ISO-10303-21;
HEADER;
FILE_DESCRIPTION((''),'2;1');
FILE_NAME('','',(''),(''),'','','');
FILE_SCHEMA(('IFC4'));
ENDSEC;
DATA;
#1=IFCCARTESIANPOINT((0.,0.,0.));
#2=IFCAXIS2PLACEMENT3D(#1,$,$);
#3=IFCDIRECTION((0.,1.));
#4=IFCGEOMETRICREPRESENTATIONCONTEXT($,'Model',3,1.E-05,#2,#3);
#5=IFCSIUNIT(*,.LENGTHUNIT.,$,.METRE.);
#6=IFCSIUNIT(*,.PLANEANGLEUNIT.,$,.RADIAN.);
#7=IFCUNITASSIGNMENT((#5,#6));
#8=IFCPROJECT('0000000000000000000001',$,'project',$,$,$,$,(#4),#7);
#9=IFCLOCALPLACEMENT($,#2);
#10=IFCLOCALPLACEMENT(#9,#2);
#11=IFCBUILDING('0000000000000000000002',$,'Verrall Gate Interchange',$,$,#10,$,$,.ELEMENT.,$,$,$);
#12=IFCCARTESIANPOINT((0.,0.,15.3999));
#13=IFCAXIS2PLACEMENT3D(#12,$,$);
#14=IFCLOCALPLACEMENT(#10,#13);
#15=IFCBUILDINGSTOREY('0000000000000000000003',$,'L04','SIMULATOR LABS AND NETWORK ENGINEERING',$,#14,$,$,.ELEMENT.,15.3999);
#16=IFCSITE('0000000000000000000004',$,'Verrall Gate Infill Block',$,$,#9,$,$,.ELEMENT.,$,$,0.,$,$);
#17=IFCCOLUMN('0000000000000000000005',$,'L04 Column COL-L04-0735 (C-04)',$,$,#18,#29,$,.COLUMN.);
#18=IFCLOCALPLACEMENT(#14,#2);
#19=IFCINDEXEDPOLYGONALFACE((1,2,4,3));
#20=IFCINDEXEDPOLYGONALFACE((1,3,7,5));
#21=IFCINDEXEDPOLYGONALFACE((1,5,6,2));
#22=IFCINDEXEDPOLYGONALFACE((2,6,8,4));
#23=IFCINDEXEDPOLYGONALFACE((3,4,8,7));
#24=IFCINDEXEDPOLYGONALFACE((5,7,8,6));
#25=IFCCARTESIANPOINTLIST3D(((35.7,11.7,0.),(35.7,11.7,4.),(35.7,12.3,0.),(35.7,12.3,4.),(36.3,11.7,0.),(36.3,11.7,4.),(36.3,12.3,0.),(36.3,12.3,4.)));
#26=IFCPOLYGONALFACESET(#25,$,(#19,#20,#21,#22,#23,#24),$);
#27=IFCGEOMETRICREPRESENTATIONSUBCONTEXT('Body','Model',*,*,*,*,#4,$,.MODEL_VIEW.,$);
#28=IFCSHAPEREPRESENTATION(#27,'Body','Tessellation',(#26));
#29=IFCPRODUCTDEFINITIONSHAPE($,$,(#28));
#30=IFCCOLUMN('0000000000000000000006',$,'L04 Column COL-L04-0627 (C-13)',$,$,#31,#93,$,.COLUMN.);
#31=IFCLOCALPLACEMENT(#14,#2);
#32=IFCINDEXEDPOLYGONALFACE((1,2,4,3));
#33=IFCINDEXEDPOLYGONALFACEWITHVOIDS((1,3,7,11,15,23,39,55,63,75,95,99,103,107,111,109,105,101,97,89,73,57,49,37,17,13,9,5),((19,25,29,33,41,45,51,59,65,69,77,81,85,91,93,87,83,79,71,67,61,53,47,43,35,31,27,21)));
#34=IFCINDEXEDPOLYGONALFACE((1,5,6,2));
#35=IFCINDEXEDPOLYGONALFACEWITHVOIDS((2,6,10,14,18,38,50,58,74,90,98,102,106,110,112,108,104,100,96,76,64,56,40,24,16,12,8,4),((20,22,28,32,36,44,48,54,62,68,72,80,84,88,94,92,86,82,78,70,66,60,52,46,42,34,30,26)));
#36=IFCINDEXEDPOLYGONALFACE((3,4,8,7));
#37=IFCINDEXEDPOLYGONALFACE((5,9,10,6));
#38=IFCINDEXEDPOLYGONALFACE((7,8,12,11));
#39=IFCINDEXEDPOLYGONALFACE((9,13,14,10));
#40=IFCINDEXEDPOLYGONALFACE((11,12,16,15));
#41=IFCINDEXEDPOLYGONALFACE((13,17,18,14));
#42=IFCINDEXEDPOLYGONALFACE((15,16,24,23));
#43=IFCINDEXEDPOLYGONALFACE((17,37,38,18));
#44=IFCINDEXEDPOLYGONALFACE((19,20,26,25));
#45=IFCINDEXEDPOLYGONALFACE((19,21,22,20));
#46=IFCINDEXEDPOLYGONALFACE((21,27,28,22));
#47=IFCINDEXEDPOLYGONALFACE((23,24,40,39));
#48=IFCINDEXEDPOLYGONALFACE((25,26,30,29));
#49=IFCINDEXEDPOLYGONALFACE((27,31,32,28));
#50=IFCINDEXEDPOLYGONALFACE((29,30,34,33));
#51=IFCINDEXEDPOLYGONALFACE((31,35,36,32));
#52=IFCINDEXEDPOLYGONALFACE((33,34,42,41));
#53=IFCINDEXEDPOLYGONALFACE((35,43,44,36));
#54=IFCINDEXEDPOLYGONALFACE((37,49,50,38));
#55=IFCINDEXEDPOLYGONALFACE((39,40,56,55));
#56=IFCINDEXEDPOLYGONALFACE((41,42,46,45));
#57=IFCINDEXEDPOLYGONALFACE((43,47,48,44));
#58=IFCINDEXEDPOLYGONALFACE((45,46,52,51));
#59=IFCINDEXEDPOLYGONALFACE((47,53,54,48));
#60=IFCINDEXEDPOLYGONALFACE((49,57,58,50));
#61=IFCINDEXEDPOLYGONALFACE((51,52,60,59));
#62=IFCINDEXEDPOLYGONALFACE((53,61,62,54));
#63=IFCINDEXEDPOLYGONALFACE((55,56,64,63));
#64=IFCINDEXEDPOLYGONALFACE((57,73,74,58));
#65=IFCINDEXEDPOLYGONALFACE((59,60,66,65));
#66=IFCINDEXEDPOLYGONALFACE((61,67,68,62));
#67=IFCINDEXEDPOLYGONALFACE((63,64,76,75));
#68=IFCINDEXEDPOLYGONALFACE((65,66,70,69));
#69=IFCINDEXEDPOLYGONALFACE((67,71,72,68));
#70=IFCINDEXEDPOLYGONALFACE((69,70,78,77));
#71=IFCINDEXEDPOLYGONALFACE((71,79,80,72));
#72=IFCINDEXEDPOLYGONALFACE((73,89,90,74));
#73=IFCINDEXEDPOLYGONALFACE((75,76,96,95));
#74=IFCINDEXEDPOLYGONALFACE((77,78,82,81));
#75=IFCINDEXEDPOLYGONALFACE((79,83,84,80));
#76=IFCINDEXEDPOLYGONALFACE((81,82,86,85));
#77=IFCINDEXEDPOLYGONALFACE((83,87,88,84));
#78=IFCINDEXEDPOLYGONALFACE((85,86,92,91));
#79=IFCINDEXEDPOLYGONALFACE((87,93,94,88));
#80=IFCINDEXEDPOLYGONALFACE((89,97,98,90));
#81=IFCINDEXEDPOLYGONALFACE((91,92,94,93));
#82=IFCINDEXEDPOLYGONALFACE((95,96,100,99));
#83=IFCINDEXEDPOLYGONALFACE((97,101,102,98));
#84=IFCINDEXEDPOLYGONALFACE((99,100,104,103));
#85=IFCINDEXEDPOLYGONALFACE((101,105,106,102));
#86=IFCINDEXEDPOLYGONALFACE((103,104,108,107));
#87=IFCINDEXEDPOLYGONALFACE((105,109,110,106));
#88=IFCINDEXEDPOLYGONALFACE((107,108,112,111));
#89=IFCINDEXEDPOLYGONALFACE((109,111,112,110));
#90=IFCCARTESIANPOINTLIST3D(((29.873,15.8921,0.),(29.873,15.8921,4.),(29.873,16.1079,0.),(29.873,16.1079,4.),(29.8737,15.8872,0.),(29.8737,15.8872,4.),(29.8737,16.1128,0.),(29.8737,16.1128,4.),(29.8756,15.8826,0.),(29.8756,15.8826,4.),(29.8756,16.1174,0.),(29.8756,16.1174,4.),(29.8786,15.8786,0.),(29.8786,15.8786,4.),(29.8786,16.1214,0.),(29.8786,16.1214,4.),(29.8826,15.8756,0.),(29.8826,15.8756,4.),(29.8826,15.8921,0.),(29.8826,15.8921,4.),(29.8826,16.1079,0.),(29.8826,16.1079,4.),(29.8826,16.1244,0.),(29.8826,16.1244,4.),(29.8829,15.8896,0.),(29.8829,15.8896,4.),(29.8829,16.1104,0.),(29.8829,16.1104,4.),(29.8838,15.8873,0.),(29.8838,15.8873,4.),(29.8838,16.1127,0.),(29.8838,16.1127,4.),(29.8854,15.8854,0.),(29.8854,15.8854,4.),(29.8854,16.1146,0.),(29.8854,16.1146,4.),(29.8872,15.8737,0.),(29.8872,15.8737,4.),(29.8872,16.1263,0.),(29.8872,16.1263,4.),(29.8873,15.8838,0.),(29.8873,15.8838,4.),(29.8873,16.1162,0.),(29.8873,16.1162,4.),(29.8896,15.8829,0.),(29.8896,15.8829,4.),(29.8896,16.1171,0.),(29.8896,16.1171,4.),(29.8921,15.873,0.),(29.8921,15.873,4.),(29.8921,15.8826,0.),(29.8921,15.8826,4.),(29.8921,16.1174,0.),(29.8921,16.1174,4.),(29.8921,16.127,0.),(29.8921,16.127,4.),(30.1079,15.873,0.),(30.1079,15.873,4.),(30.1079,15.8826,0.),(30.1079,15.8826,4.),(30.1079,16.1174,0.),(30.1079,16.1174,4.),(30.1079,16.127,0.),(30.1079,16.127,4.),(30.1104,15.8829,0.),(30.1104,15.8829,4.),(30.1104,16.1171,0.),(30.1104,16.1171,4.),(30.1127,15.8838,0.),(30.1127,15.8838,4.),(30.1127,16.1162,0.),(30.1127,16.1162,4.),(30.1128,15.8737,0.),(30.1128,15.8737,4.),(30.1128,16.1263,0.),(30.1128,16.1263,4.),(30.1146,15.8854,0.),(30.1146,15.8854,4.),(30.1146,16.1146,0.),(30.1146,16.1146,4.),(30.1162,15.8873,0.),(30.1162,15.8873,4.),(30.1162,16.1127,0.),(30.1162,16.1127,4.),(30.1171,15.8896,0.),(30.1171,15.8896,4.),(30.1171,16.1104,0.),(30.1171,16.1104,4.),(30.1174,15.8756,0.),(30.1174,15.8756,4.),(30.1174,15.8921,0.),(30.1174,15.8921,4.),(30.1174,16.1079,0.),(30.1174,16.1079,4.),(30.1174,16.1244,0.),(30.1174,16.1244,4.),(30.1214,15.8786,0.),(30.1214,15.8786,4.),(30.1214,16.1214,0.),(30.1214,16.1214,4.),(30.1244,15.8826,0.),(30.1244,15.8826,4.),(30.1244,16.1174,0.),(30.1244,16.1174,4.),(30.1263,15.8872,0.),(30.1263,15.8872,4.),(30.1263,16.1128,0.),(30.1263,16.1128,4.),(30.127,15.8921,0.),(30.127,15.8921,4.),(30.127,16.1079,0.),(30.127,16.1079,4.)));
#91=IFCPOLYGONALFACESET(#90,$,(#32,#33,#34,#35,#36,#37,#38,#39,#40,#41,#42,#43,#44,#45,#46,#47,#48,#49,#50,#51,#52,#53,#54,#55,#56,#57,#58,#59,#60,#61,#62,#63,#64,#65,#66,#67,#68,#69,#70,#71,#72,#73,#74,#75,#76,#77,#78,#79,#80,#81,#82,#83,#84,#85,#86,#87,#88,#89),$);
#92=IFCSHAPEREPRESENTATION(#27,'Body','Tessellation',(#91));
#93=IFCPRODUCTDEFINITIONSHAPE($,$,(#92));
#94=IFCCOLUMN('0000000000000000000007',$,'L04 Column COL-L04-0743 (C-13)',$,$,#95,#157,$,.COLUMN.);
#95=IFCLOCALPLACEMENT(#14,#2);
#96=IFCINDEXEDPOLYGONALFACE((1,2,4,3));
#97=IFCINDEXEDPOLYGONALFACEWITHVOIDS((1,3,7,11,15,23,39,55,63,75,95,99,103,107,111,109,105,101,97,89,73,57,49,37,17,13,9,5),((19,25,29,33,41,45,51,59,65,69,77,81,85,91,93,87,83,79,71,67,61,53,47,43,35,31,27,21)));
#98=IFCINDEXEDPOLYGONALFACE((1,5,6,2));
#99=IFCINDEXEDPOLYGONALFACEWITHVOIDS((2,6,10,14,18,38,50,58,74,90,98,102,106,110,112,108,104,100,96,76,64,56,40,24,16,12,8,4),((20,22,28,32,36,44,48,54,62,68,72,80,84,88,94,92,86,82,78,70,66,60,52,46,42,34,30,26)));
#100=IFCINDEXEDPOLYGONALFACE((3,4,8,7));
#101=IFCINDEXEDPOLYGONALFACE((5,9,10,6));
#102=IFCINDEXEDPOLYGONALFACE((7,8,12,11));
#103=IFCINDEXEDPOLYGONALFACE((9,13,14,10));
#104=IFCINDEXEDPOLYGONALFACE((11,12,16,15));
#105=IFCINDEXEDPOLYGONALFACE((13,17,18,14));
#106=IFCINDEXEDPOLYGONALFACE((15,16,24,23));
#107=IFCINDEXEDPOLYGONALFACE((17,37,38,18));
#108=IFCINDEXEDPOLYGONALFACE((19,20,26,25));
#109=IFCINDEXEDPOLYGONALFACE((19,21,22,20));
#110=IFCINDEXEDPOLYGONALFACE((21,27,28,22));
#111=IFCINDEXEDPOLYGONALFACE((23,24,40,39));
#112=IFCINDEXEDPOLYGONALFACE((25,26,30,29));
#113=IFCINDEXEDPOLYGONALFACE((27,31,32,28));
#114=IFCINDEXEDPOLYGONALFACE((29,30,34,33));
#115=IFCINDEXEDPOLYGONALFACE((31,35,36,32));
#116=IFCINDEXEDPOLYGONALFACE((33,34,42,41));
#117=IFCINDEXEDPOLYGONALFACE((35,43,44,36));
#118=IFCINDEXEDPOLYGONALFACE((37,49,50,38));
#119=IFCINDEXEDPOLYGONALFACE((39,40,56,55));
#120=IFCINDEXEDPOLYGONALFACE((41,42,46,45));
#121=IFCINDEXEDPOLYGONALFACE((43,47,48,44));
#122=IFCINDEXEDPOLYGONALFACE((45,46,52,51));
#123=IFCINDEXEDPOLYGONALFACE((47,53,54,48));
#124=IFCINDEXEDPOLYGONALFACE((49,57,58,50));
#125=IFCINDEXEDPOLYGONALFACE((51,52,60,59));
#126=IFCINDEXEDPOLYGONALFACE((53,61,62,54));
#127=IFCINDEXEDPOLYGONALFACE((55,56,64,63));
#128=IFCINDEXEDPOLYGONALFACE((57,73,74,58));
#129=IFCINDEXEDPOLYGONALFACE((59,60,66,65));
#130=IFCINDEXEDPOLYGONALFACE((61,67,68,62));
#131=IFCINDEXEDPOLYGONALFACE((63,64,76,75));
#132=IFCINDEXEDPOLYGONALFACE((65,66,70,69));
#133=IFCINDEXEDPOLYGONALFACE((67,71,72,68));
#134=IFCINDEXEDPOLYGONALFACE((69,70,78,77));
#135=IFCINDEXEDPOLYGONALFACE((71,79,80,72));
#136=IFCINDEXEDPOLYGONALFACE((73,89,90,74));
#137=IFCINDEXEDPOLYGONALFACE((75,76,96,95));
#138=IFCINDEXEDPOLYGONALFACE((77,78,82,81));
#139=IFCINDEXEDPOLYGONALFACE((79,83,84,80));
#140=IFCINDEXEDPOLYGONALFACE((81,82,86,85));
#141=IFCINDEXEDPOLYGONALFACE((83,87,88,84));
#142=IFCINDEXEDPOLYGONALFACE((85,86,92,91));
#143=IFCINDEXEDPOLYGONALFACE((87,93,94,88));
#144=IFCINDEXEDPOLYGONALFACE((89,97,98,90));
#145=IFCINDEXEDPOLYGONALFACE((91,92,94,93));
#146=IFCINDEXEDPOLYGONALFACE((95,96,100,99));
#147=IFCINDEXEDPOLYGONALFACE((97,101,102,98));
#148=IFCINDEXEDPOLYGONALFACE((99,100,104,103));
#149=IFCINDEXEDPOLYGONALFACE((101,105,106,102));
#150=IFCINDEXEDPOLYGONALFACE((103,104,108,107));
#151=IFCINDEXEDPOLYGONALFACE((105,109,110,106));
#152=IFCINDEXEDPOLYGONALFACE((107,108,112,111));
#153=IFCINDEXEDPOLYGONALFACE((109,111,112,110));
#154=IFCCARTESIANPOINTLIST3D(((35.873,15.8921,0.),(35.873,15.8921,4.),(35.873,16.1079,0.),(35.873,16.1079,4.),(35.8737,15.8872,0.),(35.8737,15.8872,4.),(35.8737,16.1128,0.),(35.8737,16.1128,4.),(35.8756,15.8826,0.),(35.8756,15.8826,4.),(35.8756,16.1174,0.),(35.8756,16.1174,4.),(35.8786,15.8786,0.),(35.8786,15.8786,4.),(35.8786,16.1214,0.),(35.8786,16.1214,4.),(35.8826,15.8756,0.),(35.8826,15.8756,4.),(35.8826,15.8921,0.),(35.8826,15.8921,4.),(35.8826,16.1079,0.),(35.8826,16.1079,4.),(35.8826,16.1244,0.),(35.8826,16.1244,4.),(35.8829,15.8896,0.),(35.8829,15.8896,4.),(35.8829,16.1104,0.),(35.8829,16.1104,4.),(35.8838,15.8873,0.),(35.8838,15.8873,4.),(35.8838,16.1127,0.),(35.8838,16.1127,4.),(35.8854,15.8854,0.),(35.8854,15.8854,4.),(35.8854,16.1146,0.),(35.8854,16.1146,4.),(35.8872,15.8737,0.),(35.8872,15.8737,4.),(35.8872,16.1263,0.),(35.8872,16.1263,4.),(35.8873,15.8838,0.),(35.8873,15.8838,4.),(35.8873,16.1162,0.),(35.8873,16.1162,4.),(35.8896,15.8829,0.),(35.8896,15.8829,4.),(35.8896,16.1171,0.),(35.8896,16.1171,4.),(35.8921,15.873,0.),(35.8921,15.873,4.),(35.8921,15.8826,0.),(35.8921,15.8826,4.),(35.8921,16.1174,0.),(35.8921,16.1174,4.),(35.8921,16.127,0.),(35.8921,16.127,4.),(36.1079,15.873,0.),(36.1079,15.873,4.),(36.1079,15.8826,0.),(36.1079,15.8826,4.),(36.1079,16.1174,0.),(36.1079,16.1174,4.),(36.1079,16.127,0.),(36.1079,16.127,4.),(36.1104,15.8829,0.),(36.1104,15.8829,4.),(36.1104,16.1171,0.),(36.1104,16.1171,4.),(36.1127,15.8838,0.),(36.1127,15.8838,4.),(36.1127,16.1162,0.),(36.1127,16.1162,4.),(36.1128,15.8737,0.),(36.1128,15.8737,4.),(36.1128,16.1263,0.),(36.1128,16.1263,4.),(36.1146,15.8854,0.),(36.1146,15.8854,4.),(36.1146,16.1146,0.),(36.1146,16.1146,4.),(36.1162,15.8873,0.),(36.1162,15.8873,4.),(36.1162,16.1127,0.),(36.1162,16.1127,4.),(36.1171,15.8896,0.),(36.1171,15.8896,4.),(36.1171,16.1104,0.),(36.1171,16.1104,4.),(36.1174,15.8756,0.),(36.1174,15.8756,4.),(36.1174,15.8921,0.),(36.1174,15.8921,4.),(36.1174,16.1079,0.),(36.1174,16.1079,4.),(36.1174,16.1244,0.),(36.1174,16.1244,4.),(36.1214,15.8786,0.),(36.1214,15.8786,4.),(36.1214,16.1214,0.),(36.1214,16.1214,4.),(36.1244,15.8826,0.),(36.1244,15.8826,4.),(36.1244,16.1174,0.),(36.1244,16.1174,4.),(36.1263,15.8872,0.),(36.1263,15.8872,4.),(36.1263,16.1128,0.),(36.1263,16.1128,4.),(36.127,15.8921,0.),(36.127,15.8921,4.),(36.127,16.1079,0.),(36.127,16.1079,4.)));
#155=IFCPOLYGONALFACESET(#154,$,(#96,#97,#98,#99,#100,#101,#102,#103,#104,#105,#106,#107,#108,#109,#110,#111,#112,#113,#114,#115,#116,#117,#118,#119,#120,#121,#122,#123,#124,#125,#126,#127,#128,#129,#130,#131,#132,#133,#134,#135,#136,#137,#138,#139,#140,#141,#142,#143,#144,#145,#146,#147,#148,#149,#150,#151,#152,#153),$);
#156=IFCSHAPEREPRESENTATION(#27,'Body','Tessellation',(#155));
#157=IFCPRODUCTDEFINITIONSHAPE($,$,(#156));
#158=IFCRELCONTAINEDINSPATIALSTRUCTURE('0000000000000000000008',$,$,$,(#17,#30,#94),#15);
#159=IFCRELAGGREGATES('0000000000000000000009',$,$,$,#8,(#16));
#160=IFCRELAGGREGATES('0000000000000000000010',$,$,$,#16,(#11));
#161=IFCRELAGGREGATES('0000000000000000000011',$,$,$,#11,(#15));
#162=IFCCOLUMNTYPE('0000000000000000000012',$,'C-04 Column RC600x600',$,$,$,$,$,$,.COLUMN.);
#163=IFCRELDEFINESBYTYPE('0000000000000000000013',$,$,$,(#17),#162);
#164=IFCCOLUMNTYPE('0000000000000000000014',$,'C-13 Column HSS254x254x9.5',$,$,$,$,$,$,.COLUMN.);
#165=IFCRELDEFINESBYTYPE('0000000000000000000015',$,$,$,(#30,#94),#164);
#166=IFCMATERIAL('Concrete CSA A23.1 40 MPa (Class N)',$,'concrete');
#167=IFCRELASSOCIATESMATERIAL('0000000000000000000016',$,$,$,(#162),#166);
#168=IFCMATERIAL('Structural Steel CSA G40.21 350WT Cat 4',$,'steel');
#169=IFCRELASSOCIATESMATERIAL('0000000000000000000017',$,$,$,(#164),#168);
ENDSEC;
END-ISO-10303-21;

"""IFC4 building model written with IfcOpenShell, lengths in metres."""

from ifc_helpers import new_model, si_unit, direction, frame, origin, origin_2d, place, context, subcontext, project, spatial, rectangle, hollow_rectangle, extrude, material, material_profile, profile_set, type_object, element, save


model = new_model("IFC4")

# Units and contexts
model_context = context("Model", 3, precision=1e-05, world=origin(), true_north=direction((0.0, 1.0)))
body_context = subcontext(model_context, "Body", "Model", "MODEL_VIEW")
ifc_project = project(units=[si_unit("LENGTHUNIT", "METRE"), si_unit("PLANEANGLEUNIT", "RADIAN")], contexts=[model_context])

# Site, building, storey
site_placement = place(None, origin())
site = spatial("IfcSite", under=ifc_project, at=site_placement, Name="Verrall Gate Infill Block", CompositionType="ELEMENT", RefElevation=0.0)
building_placement = place(site_placement, origin())
building = spatial("IfcBuilding", under=site, at=building_placement, Name="Verrall Gate Interchange", CompositionType="ELEMENT")
storey_placement = place(building_placement, frame((0.0, 0.0, 15.3999)))
storey = spatial("IfcBuildingStorey", under=building, at=storey_placement, Name="L04", Description="SIMULATOR LABS AND NETWORK ENGINEERING", CompositionType="ELEMENT", Elevation=15.3999)

# Columns
ifc_material_1 = material(Name="Concrete CSA A23.1 40 MPa (Class N)", Category="concrete")
ifc_material_profile_1 = material_profile(ifc_material_1, rectangle(XDim=0.6001, YDim=0.6001, at=origin_2d()), Name="RC600x600")
ifc_profile_set_1 = profile_set([ifc_material_profile_1], Name="Concrete CSA A23.1 40 MPa (Class N)")
column_type_1 = type_object("IfcColumnType", Name="C-04 Column RC600x600", PredefinedType="COLUMN", material=ifc_profile_set_1)
column_placement = place(storey_placement, frame((36.0, 12.0, 0.0), z_axis=(0.0, 0.0, 1.0), x_axis=(1.0, 0.0, 0.0)))
element("IfcColumn", 1, at=column_placement, inside=storey, type_object=column_type_1, Name="L04 Column COL-L04-0735 (C-04)", PredefinedType="COLUMN", context=body_context, shape_type="SweptSolid", body=[
    extrude(rectangle(XDim=0.6001, YDim=0.6001, at=origin_2d()), origin(), (0.0, 0.0, 1.0), 4.0),
])
ifc_material_2 = material(Name="Structural Steel CSA G40.21 350WT Cat 4", Category="steel")
ifc_material_profile_2 = material_profile(ifc_material_2, hollow_rectangle(XDim=0.2539, YDim=0.2539, WallThickness=0.0095, InnerFilletRadius=0.0095, OuterFilletRadius=0.019, at=origin_2d()), Name="HSS254x254x9.5")
ifc_profile_set_2 = profile_set([ifc_material_profile_2], Name="Structural Steel CSA G40.21 350WT Cat 4")
column_type_2 = type_object("IfcColumnType", Name="C-13 Column HSS254x254x9.5", PredefinedType="COLUMN", material=ifc_profile_set_2)
for number, where, z_axis, x_axis, name in (
    (2, (30.0, 16.0, 0.0), (0.0, 0.0, 1.0), (1.0, 0.0, 0.0), "L04 Column COL-L04-0627 (C-13)"),
    (3, (36.0, 16.0, 0.0), (0.0, 0.0, 1.0), (1.0, 0.0, 0.0), "L04 Column COL-L04-0743 (C-13)"),
):
    element("IfcColumn", number, at=place(storey_placement, frame(where, z_axis=z_axis, x_axis=x_axis)), inside=storey, type_object=column_type_2, Name=name, PredefinedType="COLUMN", context=body_context, shape_type="SweptSolid", body=[
        extrude(hollow_rectangle(XDim=0.2539, YDim=0.2539, WallThickness=0.0095, InnerFilletRadius=0.0095, OuterFilletRadius=0.019, at=origin_2d()), origin(), (0.0, 0.0, 1.0), 4.0),
    ])

save(model, "model.ifc")
